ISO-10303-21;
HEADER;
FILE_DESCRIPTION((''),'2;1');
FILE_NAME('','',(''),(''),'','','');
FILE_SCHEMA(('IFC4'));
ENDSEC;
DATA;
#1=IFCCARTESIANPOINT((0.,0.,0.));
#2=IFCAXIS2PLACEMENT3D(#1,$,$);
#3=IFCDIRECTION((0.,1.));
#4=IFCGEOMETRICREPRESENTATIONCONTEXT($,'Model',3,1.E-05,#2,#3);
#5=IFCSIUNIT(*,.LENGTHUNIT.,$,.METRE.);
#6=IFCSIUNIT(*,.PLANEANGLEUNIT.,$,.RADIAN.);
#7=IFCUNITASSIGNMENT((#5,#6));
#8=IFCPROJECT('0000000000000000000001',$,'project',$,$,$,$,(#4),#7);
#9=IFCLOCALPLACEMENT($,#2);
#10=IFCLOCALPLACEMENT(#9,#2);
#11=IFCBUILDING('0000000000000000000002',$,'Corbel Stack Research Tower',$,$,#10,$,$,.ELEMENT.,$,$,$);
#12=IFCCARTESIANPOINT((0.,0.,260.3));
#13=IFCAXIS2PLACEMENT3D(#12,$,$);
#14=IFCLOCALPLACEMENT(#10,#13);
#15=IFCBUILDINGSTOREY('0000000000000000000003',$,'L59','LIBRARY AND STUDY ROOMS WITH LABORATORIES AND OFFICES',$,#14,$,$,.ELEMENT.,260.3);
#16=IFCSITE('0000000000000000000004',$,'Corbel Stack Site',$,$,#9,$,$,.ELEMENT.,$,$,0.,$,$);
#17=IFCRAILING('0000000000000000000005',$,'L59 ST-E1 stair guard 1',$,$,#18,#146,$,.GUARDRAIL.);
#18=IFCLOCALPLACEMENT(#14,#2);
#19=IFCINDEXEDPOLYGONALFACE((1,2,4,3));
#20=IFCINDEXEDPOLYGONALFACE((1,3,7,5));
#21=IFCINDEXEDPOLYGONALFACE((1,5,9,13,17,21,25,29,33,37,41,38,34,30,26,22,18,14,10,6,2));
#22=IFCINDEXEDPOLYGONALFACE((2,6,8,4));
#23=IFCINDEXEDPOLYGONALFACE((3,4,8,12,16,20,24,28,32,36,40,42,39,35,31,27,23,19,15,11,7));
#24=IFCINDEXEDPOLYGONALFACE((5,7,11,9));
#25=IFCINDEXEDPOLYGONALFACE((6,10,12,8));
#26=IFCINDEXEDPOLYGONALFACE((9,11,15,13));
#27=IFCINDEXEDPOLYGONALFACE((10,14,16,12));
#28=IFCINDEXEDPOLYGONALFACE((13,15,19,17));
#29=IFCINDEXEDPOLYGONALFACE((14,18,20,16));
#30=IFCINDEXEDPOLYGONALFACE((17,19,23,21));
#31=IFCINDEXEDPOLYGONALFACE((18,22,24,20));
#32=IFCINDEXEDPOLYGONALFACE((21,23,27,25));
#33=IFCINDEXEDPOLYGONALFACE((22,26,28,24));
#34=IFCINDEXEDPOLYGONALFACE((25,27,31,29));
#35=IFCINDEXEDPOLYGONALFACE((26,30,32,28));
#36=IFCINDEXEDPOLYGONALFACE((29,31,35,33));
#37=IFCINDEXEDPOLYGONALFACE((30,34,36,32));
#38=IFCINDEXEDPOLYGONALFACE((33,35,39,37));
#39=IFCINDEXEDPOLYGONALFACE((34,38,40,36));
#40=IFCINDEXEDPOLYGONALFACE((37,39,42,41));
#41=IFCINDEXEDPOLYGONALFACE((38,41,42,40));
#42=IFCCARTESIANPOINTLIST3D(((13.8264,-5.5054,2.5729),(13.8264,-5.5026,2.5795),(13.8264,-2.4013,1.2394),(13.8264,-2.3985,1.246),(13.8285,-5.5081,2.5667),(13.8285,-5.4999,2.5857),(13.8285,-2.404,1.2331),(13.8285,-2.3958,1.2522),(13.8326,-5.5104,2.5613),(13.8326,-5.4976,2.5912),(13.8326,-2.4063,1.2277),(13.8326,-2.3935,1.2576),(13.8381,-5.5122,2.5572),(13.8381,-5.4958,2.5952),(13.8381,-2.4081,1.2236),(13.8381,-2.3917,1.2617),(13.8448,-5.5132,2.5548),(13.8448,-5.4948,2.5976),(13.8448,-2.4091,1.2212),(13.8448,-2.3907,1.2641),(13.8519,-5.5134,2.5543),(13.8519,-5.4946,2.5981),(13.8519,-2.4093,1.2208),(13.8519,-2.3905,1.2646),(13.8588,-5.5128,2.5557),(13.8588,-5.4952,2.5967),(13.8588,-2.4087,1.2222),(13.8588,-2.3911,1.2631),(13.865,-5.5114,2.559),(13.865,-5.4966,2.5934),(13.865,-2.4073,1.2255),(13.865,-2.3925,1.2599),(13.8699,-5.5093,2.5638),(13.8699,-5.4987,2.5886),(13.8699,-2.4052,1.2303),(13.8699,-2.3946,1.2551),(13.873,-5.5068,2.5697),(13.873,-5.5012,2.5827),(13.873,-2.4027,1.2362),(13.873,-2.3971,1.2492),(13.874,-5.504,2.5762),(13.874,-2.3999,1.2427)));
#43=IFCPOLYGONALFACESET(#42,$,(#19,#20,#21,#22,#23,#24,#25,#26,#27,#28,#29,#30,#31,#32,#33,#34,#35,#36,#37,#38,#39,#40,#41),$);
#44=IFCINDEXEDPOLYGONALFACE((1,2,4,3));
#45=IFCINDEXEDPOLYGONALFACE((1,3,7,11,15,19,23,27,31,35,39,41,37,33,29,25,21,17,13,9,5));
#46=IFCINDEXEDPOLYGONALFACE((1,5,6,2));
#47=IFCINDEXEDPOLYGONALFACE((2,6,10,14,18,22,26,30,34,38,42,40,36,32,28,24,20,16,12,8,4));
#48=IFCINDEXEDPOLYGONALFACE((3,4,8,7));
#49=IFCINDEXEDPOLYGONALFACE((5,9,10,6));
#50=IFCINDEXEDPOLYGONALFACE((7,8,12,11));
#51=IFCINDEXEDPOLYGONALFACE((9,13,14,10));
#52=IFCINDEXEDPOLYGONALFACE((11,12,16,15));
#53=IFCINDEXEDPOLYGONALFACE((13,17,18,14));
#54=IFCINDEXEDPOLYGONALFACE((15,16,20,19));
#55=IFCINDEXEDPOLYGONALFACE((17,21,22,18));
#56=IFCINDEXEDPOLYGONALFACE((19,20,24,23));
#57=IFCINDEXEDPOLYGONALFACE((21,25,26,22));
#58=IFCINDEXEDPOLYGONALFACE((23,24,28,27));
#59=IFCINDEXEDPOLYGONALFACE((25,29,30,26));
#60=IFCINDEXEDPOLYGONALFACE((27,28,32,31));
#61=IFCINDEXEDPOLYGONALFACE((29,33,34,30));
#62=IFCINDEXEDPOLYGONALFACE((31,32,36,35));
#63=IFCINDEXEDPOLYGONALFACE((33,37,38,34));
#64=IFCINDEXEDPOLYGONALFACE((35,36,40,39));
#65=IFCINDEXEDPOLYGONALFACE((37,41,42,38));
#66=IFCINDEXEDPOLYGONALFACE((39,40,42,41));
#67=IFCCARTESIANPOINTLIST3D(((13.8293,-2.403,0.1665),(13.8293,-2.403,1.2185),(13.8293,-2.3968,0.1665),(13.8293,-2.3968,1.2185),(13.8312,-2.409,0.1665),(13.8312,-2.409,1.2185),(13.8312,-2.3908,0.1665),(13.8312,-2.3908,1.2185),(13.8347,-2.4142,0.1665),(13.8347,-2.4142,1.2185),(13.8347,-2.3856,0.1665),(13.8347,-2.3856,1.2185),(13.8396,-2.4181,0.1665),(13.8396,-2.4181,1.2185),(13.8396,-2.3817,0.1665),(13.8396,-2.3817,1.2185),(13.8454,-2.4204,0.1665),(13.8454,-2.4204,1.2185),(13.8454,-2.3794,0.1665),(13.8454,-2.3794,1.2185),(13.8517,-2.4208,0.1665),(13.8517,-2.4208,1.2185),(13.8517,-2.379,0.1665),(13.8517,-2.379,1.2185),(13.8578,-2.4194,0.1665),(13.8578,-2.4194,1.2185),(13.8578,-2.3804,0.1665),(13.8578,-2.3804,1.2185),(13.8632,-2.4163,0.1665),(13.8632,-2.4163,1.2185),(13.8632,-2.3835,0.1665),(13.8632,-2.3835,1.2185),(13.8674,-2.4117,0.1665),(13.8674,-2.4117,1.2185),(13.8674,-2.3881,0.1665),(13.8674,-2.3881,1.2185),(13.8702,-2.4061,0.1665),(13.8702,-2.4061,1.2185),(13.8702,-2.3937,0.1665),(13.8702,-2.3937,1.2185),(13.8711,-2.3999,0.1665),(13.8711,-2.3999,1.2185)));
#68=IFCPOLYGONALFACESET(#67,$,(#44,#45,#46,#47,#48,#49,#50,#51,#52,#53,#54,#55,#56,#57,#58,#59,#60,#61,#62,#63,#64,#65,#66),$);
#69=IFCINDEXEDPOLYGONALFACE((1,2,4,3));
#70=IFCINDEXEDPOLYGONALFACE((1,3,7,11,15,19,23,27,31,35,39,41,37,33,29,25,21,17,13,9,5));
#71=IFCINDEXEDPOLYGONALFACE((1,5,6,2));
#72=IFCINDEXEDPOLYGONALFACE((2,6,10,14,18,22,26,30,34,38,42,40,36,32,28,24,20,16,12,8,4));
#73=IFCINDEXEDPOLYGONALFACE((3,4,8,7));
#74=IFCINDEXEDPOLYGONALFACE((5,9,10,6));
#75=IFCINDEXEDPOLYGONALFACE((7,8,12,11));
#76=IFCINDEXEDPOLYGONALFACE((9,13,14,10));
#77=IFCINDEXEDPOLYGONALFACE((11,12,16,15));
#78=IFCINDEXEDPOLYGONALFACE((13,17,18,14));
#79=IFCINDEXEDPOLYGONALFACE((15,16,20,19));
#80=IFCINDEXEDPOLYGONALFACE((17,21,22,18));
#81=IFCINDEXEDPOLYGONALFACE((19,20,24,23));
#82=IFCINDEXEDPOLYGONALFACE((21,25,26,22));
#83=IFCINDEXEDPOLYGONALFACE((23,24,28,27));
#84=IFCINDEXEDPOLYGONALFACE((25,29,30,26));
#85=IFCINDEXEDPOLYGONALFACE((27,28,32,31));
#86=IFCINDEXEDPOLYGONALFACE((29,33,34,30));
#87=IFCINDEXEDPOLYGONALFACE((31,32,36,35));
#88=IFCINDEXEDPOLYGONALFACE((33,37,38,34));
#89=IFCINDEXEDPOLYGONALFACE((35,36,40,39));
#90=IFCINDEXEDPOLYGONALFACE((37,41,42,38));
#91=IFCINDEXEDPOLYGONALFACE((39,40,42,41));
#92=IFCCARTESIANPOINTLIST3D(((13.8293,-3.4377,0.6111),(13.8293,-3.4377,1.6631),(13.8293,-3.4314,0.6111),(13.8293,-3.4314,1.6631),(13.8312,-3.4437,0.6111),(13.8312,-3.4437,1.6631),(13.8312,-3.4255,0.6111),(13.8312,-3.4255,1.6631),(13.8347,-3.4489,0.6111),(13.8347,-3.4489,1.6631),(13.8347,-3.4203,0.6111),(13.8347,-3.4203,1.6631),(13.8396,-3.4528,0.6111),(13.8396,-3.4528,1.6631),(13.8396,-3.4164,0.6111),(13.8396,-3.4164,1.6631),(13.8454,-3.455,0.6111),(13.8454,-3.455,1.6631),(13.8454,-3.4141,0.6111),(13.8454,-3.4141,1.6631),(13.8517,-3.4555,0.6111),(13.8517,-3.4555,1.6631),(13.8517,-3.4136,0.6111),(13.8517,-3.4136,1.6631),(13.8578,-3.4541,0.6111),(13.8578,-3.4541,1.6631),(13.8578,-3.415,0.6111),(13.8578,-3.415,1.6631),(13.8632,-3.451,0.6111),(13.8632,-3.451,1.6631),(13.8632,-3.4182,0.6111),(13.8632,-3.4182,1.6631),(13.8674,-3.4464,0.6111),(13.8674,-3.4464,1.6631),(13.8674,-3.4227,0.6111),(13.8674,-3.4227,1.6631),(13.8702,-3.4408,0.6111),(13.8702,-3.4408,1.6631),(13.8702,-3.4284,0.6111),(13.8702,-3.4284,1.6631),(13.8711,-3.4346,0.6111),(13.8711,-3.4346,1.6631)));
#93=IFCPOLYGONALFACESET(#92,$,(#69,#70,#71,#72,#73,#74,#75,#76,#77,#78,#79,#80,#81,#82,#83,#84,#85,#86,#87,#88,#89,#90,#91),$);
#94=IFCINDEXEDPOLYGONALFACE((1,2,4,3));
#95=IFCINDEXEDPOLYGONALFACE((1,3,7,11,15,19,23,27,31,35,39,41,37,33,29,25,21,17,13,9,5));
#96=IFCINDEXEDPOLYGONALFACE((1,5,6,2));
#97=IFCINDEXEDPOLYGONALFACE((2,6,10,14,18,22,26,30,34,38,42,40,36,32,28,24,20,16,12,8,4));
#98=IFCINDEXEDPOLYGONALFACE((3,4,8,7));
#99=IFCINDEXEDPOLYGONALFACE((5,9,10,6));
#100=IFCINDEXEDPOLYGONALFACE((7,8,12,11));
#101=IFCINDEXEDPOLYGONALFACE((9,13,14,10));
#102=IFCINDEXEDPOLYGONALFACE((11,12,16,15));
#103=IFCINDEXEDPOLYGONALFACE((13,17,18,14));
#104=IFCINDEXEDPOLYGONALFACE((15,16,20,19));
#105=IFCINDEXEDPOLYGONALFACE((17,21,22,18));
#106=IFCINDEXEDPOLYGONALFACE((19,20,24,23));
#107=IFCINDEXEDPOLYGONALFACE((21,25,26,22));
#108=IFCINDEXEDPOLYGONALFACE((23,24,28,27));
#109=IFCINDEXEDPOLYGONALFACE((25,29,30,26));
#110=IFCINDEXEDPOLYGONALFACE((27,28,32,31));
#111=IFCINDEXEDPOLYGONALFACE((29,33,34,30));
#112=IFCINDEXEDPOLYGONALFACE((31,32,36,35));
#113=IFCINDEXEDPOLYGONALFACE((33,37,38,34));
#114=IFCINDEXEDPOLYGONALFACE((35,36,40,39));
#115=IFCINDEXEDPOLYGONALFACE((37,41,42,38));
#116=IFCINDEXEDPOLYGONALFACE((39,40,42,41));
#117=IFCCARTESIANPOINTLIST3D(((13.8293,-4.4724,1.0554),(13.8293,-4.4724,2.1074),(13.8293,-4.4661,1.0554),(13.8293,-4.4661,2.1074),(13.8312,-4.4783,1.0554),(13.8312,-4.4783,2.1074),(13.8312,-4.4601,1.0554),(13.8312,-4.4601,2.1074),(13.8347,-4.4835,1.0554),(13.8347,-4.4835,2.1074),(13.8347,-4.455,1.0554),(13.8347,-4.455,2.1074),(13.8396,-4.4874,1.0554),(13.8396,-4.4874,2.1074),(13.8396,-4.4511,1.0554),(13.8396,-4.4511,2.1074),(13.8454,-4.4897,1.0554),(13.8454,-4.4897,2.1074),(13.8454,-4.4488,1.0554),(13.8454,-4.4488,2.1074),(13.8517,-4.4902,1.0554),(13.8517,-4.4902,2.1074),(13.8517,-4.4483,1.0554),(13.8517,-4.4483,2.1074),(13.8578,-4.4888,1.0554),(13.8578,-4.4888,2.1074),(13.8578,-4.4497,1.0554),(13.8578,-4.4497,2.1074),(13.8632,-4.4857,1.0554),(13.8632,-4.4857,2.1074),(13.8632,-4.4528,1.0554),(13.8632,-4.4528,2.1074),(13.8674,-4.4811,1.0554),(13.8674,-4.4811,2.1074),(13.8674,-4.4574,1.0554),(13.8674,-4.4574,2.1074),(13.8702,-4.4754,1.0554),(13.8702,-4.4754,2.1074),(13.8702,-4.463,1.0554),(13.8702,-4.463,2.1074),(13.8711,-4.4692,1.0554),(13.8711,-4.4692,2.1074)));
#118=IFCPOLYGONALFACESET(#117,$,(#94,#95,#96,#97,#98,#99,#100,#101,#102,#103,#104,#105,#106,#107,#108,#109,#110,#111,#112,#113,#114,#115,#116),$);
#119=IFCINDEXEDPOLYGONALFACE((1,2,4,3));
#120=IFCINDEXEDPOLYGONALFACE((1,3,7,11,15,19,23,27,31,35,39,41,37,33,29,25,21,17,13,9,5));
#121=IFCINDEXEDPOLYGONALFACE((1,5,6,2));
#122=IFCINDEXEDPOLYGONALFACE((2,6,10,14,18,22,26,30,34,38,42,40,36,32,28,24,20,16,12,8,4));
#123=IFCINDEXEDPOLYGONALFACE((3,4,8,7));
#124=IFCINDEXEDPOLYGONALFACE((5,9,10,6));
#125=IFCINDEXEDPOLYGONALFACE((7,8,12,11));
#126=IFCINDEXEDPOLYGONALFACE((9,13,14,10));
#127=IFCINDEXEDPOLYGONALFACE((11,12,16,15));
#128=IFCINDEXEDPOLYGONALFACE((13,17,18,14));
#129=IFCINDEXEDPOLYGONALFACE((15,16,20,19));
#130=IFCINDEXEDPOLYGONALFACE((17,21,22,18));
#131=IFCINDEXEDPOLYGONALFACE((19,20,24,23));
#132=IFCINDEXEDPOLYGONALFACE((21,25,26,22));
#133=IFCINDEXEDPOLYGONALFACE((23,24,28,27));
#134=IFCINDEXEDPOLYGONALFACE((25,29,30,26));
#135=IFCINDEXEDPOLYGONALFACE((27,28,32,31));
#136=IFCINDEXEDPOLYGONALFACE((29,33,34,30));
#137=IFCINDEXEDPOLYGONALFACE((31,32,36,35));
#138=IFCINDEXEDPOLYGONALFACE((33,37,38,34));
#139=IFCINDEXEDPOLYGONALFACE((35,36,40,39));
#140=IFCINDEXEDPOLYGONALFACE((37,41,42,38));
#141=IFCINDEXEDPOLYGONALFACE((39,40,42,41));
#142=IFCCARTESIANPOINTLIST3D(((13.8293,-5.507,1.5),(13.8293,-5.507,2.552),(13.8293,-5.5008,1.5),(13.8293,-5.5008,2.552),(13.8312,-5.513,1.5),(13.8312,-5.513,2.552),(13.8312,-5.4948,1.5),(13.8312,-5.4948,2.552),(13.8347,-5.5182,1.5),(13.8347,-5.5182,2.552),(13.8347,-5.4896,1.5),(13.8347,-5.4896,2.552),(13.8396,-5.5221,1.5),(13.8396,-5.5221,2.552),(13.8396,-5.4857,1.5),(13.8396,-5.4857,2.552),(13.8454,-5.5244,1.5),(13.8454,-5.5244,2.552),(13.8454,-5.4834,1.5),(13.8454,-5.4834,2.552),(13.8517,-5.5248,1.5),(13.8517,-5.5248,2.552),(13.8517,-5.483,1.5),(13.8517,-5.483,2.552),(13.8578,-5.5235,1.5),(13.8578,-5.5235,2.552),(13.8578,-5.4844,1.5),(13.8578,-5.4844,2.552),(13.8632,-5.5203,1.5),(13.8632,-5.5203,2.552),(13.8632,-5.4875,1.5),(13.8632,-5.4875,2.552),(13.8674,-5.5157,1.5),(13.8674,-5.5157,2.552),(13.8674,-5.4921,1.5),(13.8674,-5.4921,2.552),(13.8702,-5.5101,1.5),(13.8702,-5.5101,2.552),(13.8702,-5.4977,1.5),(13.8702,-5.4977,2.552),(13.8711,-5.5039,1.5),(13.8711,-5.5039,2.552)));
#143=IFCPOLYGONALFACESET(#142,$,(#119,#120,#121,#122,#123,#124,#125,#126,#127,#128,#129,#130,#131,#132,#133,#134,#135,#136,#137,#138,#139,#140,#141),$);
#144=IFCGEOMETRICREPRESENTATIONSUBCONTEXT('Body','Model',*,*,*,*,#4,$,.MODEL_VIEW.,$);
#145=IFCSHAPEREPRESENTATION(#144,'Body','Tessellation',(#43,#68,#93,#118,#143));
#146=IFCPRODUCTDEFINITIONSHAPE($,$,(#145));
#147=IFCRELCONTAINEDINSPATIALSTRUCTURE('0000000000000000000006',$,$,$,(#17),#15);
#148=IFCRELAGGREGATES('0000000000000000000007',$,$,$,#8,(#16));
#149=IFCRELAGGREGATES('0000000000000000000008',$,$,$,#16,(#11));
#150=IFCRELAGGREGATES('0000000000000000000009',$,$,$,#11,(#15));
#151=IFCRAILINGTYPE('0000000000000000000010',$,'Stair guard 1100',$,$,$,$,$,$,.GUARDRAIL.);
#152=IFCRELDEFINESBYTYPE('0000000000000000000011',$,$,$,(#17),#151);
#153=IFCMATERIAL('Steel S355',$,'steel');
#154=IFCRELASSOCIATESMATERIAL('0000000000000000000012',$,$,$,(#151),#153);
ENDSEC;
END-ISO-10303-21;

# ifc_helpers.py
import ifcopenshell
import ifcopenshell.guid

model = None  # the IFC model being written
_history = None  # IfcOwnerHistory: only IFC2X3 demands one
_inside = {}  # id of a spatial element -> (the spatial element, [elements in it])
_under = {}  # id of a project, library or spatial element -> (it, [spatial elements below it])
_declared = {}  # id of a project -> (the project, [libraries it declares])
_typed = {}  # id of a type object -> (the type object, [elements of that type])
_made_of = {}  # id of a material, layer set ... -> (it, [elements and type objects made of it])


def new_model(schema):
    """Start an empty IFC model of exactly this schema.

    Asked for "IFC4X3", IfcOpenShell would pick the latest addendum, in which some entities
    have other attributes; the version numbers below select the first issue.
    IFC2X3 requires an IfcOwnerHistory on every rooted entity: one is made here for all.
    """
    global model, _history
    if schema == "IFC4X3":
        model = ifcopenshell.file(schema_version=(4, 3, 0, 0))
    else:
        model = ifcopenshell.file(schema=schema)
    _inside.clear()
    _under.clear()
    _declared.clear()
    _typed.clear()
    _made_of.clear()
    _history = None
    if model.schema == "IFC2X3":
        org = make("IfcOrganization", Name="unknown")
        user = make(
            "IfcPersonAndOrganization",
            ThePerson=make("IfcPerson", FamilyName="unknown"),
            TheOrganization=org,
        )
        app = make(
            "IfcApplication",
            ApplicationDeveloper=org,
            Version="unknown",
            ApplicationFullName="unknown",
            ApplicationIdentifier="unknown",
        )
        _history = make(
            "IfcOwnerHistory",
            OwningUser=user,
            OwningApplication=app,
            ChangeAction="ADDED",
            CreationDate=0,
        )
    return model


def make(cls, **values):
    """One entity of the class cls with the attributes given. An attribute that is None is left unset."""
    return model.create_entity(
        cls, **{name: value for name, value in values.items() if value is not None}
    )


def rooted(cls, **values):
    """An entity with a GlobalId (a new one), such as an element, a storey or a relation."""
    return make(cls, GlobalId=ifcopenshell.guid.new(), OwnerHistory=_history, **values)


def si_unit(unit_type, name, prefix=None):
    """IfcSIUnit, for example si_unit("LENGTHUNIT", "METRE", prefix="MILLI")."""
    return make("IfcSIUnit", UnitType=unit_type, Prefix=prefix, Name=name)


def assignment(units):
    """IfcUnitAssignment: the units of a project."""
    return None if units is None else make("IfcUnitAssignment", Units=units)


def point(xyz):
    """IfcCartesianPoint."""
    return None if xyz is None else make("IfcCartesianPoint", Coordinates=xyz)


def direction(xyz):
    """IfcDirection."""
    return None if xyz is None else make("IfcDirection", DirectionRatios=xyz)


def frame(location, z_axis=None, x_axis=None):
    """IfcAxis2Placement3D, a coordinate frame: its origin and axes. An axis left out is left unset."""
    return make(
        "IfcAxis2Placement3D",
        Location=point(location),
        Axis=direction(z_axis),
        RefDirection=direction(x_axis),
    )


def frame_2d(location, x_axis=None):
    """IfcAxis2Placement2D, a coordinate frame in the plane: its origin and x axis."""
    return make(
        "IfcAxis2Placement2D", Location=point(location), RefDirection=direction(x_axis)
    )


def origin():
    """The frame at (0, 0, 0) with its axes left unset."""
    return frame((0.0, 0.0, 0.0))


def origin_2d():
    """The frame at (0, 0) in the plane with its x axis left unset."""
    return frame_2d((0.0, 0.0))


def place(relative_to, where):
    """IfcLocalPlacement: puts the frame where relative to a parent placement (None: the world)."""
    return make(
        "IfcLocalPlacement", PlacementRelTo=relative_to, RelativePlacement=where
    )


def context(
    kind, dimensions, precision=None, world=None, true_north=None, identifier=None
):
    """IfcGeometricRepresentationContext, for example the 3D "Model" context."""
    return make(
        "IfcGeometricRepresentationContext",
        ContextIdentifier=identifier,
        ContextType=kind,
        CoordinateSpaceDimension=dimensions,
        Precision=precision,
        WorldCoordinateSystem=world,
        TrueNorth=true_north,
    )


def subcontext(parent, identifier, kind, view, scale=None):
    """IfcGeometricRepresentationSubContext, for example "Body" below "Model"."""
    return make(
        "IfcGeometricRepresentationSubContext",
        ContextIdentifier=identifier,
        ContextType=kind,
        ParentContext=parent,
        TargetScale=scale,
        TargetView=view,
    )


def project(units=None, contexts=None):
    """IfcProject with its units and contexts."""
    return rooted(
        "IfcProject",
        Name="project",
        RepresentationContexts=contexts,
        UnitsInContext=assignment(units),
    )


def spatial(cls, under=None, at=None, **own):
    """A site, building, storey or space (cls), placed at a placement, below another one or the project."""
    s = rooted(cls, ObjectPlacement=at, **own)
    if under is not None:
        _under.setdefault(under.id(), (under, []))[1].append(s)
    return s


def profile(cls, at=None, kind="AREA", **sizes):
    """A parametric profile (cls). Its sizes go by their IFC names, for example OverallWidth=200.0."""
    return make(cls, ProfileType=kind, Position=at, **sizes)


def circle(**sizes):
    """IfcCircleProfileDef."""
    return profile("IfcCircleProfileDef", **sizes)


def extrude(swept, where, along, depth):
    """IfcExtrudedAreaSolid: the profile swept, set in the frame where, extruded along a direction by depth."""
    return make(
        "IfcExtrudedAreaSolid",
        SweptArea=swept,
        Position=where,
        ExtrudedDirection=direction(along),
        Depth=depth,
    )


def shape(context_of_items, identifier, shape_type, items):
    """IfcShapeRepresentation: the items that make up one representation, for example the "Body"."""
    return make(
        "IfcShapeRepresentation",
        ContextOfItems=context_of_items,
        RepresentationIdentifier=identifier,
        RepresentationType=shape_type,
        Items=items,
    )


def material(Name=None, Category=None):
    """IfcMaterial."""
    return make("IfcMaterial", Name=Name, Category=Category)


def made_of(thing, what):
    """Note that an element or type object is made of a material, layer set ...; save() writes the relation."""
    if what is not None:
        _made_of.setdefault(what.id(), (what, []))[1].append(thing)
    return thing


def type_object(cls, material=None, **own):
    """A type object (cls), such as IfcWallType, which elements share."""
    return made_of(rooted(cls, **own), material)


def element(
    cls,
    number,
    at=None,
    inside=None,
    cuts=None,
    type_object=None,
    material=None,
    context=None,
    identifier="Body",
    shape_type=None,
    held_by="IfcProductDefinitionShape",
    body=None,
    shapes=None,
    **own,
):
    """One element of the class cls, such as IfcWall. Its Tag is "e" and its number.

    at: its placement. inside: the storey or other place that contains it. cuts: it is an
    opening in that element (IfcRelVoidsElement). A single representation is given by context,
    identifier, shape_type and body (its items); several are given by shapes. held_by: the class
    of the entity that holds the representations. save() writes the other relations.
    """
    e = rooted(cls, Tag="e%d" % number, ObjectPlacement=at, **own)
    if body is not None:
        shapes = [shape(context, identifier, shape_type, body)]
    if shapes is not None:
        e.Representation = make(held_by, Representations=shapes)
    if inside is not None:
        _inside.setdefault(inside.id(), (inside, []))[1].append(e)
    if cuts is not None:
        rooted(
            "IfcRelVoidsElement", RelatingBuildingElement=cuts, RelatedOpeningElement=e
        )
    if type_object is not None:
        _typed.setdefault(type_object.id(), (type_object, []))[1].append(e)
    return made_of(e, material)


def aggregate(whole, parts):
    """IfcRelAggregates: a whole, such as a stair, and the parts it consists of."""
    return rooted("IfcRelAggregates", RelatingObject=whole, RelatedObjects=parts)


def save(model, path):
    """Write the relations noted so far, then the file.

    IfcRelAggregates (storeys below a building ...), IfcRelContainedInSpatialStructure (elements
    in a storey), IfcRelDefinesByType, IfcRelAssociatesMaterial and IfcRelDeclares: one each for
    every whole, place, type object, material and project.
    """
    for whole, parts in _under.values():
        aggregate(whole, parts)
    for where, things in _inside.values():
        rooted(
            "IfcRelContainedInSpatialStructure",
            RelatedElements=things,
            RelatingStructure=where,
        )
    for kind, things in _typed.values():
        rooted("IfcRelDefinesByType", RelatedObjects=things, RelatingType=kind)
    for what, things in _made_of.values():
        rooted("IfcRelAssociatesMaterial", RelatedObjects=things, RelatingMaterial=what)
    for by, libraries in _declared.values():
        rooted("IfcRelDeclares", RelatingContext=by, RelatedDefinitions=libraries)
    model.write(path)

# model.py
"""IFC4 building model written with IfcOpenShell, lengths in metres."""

from ifc_helpers import new_model, si_unit, direction, frame, origin, origin_2d, place, context, subcontext, project, spatial, circle, extrude, material, type_object, element, save


model = new_model("IFC4")

# Units and contexts
model_context = context("Model", 3, precision=1e-05, world=origin(), true_north=direction((0.0, 1.0)))
body_context = subcontext(model_context, "Body", "Model", "MODEL_VIEW")
ifc_project = project(units=[si_unit("LENGTHUNIT", "METRE"), si_unit("PLANEANGLEUNIT", "RADIAN")], contexts=[model_context])

# Site, building, storey
site_placement = place(None, origin())
site = spatial("IfcSite", under=ifc_project, at=site_placement, Name="Corbel Stack Site", CompositionType="ELEMENT", RefElevation=0.0)
building_placement = place(site_placement, origin())
building = spatial("IfcBuilding", under=site, at=building_placement, Name="Corbel Stack Research Tower", CompositionType="ELEMENT")
storey_placement = place(building_placement, frame((0.0, 0.0, 260.3)))
storey = spatial("IfcBuildingStorey", under=building, at=storey_placement, Name="L59", Description="LIBRARY AND STUDY ROOMS WITH LABORATORIES AND OFFICES", CompositionType="ELEMENT", Elevation=260.3)

# Railing
ifc_material_1 = material(Name="Steel S355", Category="steel")
railing_type_1 = type_object("IfcRailingType", Name="Stair guard 1100", PredefinedType="GUARDRAIL", material=ifc_material_1)
railing_1_placement = place(storey_placement, frame((13.8501, -2.3999, 0.1665)))
element("IfcRailing", 1, at=railing_1_placement, inside=storey, type_object=railing_type_1, Name="L59 ST-E1 stair guard 1", PredefinedType="GUARDRAIL", context=body_context, shape_type="SweptSolid", body=[
    extrude(circle(Radius=0.0239, at=origin_2d()), frame((0.0, 0.0, 1.0762), z_axis=(0.0, -0.918801, 0.394722), x_axis=(1.0, 0.0, 0.0)), (0.0, 0.0, 1.0), 3.3784),
    extrude(circle(Radius=0.021, at=origin_2d()), origin(), (0.0, 0.0, 1.0), 1.052),
    extrude(circle(Radius=0.021, at=origin_2d()), frame((0.0, -1.0347, 0.4446)), (0.0, 0.0, 1.0), 1.052),
    extrude(circle(Radius=0.021, at=origin_2d()), frame((0.0, -2.0693, 0.8889)), (0.0, 0.0, 1.0), 1.052),
    extrude(circle(Radius=0.021, at=origin_2d()), frame((0.0, -3.104, 1.3335)), (0.0, 0.0, 1.0), 1.052),
])

save(model, "model.ifc")
